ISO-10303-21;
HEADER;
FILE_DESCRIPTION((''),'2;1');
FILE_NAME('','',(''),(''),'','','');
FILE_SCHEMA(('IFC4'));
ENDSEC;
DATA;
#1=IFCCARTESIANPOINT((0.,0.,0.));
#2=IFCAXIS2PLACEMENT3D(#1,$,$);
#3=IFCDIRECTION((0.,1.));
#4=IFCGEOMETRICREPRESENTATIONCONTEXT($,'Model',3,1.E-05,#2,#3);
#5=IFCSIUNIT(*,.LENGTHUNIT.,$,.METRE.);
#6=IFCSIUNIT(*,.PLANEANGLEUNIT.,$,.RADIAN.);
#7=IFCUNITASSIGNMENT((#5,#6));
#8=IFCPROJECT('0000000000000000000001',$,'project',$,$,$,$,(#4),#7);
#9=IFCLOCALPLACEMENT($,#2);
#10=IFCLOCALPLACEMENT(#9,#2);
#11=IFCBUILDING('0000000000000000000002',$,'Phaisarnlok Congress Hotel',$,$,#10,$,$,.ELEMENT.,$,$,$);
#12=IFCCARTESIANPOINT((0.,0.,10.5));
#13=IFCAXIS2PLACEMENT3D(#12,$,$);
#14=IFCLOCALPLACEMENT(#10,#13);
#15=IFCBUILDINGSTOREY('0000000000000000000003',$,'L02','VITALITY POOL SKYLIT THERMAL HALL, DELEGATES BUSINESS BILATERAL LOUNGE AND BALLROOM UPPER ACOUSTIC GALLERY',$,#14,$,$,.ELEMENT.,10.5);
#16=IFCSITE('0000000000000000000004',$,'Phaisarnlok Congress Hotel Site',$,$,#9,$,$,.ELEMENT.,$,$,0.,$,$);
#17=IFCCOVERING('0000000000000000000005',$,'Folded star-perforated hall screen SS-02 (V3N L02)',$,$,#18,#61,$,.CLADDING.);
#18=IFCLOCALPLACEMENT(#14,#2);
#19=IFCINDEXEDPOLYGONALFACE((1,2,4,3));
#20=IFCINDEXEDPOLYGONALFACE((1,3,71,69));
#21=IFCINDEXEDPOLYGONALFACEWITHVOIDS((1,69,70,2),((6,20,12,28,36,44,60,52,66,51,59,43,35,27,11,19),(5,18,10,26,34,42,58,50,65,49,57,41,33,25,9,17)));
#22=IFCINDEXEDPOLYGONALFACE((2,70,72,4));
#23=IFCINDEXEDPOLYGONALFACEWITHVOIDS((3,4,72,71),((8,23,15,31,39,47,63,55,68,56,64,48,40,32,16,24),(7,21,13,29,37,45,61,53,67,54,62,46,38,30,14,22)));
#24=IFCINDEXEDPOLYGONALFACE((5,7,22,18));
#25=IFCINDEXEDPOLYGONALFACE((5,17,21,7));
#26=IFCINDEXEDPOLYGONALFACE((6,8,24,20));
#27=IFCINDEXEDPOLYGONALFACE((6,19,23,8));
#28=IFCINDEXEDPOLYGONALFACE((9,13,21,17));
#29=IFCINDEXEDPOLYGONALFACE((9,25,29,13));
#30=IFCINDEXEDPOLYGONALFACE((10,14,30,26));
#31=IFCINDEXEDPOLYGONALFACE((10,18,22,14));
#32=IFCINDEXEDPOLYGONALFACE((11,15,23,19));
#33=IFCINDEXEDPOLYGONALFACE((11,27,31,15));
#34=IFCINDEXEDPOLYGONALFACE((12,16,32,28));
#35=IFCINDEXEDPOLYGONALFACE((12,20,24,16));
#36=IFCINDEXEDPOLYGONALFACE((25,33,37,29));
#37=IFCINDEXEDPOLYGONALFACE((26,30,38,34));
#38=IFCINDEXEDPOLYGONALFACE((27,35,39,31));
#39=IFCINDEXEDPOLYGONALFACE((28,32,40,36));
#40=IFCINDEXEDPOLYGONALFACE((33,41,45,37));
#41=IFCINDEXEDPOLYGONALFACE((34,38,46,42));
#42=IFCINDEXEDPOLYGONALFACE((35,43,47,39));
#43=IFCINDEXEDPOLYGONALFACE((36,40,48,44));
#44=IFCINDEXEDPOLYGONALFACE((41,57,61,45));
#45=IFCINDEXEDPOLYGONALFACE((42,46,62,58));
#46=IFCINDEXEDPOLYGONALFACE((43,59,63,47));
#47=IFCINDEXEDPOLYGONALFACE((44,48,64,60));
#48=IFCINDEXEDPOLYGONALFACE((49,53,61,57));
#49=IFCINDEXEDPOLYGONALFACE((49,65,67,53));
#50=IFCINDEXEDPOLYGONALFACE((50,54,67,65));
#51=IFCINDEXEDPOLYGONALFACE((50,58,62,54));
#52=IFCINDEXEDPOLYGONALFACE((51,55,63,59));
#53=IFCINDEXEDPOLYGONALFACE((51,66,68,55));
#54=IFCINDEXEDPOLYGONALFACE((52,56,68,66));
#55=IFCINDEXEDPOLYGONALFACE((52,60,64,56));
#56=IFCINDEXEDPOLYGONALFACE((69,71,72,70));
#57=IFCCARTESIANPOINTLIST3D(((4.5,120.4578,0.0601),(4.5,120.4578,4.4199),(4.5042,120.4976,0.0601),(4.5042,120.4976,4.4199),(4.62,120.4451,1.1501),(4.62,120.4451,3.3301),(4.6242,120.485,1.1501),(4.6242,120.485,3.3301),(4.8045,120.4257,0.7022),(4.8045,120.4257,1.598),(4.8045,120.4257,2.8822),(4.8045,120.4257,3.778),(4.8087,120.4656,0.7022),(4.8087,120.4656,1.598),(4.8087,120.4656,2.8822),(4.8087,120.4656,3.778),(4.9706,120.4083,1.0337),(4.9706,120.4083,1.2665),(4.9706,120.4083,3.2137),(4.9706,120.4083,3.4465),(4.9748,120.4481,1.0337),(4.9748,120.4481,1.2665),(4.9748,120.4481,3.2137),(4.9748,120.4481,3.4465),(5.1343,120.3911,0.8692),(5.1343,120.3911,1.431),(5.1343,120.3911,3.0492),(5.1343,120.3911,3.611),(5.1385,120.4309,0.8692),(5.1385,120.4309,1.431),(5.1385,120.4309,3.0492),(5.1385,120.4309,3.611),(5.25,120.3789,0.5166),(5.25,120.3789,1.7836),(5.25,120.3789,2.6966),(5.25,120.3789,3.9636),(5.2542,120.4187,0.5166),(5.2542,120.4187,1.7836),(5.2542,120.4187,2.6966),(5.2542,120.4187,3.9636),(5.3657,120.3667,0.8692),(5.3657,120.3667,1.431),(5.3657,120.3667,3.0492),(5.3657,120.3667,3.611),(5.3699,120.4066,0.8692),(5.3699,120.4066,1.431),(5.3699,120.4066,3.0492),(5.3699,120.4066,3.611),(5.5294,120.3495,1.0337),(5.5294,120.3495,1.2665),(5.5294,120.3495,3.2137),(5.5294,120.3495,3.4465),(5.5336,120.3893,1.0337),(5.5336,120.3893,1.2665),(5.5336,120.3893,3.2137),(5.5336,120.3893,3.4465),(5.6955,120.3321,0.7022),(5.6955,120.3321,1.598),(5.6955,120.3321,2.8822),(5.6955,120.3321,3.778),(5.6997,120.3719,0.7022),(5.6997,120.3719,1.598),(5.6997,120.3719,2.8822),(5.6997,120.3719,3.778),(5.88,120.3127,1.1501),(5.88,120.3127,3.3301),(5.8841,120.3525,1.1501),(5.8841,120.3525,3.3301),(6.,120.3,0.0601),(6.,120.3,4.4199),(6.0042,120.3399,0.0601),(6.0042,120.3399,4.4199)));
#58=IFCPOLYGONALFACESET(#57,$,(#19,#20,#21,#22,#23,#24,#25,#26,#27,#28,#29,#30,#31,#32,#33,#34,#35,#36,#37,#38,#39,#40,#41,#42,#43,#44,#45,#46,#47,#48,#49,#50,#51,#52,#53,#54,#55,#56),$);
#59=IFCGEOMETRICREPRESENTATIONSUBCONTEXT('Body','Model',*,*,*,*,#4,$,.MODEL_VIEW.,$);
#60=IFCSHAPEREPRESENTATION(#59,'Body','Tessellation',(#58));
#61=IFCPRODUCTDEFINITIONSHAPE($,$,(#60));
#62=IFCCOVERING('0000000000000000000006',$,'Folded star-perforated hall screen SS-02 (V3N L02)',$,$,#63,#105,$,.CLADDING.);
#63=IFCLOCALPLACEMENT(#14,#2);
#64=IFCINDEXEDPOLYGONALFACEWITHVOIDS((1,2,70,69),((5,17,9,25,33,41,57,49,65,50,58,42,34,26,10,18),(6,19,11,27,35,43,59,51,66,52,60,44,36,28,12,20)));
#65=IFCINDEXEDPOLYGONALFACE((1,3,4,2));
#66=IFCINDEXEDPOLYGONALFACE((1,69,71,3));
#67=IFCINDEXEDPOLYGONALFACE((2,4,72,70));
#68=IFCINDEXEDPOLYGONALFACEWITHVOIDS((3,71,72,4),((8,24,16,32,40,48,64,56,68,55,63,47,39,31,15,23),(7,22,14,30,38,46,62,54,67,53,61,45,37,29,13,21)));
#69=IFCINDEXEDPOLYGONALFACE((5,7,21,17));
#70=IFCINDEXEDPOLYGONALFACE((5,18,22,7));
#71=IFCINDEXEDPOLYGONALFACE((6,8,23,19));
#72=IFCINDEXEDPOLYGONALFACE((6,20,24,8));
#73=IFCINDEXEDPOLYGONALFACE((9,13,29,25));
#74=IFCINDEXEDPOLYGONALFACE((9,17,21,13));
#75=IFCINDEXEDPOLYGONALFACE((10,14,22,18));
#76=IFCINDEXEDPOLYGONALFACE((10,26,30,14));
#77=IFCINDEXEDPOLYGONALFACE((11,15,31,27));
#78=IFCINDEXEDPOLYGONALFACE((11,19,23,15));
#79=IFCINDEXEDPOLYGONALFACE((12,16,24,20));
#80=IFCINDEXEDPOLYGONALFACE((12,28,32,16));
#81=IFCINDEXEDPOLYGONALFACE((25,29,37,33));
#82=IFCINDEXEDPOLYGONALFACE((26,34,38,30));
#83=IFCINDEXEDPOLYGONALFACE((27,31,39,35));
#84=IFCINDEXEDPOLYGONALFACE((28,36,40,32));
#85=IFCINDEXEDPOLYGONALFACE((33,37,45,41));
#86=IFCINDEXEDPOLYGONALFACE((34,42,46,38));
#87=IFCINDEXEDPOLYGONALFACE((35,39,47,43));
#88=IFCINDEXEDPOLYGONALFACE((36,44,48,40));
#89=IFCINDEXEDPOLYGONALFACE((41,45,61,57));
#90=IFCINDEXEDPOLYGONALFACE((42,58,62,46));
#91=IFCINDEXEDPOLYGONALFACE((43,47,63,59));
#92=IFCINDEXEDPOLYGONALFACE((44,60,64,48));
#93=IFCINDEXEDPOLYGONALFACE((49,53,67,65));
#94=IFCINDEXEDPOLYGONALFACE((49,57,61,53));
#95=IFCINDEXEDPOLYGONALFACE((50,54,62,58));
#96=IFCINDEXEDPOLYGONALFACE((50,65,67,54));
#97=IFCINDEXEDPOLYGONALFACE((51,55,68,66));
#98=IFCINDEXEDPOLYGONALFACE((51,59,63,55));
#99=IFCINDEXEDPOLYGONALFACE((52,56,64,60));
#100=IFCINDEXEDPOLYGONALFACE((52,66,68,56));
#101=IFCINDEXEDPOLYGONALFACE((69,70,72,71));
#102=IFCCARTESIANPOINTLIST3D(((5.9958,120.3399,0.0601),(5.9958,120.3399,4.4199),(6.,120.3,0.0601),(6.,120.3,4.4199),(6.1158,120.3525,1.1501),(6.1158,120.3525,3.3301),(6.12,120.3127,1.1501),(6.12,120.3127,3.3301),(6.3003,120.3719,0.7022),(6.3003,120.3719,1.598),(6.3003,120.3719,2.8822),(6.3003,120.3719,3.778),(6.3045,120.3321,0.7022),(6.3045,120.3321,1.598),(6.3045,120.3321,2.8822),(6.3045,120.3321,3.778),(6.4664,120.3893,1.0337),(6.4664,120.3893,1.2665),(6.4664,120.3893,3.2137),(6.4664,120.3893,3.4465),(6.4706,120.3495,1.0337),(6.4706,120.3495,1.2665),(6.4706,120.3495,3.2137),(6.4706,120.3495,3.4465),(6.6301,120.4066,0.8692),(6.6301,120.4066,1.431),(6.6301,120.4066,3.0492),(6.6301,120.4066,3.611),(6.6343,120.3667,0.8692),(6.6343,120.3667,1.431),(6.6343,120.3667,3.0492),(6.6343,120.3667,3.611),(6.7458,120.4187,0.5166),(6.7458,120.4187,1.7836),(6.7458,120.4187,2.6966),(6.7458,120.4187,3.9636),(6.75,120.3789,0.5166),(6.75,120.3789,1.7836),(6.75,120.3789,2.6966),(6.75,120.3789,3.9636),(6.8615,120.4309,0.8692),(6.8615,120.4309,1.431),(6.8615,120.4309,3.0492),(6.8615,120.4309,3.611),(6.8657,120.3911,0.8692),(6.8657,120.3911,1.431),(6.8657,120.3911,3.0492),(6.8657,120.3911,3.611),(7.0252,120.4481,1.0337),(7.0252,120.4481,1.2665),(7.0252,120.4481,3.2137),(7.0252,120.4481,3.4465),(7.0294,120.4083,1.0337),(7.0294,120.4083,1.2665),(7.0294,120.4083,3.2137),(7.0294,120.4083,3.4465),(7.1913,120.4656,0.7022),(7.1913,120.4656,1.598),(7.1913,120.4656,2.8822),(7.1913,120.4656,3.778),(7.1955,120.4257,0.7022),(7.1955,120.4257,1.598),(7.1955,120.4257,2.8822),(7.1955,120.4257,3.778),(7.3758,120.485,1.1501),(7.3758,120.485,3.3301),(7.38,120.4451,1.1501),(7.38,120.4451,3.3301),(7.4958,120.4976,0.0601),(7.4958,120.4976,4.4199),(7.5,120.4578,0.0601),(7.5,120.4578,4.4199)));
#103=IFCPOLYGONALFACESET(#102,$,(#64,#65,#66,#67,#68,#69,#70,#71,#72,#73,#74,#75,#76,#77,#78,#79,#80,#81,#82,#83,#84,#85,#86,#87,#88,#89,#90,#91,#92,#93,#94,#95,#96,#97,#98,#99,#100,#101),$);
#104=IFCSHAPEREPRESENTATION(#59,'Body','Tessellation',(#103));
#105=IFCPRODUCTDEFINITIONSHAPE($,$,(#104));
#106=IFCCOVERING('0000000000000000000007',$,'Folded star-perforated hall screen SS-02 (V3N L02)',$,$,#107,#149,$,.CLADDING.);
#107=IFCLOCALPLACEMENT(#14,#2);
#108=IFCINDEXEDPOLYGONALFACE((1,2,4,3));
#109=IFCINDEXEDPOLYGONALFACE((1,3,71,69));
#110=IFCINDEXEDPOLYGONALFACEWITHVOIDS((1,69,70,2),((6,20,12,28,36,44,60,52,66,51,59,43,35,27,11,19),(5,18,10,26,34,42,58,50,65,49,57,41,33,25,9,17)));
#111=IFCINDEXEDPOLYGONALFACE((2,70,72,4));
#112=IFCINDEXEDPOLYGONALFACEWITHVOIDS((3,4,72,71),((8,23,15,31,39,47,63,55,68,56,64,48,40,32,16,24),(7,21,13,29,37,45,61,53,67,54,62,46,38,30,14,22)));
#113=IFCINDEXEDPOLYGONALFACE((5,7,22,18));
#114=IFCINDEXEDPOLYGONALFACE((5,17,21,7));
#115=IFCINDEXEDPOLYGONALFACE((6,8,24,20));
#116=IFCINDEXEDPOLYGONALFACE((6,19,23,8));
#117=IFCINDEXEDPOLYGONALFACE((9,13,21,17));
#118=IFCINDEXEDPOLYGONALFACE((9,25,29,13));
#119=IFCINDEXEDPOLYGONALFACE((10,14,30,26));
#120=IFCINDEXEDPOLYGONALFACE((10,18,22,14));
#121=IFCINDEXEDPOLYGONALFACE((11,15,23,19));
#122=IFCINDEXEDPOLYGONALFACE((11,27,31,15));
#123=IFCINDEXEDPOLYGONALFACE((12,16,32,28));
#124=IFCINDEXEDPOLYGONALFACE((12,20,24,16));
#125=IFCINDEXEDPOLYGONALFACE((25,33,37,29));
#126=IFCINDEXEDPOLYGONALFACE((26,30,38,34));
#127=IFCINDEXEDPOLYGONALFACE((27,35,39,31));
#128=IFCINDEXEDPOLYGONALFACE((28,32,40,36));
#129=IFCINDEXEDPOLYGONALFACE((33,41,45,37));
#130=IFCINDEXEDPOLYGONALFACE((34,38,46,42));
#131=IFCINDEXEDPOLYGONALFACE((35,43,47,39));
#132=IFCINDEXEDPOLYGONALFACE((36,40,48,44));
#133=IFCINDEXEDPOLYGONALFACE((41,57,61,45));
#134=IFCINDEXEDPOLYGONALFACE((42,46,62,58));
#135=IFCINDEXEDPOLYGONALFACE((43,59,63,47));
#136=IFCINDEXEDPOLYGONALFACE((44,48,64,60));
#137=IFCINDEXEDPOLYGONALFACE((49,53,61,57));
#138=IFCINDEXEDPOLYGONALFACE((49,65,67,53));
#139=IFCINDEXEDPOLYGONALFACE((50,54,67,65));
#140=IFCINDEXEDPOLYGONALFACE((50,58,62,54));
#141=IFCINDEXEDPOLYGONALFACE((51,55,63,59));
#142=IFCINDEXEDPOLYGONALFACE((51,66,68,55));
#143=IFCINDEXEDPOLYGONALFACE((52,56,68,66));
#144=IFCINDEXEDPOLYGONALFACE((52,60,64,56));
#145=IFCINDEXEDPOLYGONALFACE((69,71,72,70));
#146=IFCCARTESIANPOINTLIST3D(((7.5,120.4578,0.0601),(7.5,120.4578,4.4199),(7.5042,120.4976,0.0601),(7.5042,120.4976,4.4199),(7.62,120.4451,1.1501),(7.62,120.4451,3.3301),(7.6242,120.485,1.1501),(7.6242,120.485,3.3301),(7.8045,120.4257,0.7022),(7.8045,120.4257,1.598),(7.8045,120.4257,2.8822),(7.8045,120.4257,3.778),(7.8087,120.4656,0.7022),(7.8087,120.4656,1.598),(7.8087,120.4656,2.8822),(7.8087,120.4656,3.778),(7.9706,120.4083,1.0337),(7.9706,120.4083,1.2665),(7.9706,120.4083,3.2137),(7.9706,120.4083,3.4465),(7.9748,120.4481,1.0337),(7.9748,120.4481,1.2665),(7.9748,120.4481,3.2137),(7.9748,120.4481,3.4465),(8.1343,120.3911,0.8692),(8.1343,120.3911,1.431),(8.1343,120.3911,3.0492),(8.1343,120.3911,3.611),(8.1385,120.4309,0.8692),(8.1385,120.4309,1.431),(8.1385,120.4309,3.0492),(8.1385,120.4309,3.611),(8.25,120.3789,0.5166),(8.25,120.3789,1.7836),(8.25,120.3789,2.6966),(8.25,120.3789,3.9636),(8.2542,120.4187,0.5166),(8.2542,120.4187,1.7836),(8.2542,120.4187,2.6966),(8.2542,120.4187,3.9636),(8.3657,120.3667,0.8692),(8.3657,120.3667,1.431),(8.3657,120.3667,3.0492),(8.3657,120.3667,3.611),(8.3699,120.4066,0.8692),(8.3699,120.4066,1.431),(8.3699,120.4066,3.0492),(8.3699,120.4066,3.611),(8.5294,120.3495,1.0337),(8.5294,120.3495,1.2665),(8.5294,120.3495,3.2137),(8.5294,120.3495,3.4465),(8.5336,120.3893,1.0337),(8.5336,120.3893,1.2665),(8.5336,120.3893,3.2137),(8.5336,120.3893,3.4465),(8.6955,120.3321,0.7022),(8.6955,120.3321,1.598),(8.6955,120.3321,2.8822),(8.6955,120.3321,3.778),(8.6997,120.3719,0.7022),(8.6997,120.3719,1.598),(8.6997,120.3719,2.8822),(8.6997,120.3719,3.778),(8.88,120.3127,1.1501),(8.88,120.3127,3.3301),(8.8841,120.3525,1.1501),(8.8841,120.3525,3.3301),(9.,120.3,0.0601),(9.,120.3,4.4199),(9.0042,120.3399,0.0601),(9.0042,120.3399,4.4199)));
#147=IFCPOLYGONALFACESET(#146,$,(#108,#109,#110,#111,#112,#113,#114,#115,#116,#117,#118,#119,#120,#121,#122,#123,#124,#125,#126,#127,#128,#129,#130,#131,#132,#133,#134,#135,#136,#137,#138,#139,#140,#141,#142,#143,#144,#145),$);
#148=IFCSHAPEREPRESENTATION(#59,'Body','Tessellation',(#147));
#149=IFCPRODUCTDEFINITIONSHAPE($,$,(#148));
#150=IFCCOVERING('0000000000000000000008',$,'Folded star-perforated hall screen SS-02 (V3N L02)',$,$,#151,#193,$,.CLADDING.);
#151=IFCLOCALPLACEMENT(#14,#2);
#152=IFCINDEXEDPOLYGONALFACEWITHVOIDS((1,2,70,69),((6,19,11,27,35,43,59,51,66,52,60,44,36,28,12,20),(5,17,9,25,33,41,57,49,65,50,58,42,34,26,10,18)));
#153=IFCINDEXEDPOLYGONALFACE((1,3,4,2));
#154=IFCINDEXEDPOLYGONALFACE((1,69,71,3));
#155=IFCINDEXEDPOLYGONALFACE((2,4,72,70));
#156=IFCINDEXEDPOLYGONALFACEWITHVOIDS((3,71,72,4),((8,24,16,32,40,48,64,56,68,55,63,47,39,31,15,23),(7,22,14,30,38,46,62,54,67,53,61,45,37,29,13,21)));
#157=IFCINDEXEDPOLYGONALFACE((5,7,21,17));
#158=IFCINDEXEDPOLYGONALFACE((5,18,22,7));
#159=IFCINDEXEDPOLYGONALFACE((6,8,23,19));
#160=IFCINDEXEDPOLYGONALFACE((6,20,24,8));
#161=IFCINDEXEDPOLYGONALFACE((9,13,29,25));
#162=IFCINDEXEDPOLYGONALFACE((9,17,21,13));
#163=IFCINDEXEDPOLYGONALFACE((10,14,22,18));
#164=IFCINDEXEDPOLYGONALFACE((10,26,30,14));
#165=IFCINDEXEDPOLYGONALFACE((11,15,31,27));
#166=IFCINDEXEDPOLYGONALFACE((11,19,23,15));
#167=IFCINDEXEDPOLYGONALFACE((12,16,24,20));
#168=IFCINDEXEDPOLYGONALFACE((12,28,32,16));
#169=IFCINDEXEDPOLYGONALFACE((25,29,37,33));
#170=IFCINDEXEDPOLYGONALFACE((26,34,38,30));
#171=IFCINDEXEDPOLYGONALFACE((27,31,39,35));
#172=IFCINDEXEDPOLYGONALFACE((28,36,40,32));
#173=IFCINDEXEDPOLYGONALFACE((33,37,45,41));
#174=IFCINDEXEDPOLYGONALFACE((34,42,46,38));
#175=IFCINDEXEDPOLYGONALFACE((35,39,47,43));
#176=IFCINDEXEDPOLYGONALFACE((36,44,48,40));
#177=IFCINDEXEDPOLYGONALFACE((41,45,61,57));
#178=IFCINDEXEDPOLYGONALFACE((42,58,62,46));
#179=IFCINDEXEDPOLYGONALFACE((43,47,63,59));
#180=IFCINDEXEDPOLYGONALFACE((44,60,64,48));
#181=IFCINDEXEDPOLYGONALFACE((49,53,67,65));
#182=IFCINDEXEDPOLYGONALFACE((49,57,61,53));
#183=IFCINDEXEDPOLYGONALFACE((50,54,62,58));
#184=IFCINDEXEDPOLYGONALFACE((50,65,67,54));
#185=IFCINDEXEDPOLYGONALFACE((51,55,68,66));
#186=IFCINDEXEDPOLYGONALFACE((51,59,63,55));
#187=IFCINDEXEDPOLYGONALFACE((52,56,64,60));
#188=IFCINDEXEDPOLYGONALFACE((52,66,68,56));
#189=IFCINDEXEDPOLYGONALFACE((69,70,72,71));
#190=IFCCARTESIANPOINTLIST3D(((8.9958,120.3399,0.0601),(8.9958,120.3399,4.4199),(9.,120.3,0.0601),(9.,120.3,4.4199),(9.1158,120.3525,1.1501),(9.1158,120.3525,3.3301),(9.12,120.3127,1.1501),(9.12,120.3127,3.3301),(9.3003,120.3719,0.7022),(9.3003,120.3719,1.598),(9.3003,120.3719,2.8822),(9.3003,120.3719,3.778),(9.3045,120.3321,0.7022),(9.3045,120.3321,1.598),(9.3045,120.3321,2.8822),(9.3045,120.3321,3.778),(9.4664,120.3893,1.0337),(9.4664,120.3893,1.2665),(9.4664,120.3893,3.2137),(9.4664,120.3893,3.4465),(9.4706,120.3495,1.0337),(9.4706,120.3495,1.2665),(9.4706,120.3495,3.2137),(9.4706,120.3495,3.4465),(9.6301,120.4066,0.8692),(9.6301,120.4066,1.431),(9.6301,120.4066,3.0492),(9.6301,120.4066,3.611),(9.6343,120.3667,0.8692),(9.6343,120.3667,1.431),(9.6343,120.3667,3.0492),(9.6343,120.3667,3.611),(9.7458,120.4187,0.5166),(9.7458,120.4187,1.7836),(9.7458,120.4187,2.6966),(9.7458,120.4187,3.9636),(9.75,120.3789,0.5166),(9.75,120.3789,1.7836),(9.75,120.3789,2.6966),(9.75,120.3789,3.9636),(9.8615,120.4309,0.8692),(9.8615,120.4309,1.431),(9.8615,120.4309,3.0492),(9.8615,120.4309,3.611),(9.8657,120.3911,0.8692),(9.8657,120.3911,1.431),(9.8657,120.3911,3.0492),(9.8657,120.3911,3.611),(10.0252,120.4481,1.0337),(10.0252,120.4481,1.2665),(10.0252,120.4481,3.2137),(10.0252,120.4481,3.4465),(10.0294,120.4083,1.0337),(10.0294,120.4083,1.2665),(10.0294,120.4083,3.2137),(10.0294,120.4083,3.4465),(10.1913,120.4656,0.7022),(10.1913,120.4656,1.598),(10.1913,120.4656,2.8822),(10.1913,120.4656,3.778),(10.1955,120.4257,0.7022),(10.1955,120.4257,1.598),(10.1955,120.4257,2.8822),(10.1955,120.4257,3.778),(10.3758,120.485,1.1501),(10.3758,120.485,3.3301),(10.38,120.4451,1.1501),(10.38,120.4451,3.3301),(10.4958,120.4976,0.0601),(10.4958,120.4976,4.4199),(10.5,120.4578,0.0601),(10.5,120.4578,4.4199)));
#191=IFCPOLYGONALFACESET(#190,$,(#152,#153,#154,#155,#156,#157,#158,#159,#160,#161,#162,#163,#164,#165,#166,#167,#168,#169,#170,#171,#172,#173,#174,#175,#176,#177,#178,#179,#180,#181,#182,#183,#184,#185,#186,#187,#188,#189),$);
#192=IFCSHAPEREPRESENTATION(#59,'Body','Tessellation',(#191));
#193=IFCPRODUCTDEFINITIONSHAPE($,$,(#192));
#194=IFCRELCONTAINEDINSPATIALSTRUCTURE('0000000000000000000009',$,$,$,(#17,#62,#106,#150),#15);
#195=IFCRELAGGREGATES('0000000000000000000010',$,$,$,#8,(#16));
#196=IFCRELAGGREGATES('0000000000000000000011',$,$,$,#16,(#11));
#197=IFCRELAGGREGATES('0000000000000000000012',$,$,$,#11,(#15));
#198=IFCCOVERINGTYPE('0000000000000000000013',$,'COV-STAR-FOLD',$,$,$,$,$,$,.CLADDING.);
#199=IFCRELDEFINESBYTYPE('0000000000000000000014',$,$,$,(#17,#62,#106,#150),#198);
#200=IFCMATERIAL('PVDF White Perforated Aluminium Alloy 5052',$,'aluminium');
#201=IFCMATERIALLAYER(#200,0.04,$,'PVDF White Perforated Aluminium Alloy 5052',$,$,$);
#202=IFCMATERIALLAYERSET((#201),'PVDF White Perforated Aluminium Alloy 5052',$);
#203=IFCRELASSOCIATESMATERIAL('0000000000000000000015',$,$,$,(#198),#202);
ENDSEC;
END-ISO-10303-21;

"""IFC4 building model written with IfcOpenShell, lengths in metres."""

from ifc_helpers import new_model, si_unit, direction, frame, origin, place, context, subcontext, project, spatial, polyline, outline, extrude, material, layer, layer_set, type_object, element, save


model = new_model("IFC4")

# Units and contexts
model_context = context("Model", 3, precision=1e-05, world=origin(), true_north=direction((0.0, 1.0)))
body_context = subcontext(model_context, "Body", "Model", "MODEL_VIEW")
ifc_project = project(units=[si_unit("LENGTHUNIT", "METRE"), si_unit("PLANEANGLEUNIT", "RADIAN")], contexts=[model_context])

# Site, building, storey
site_placement = place(None, origin())
site = spatial("IfcSite", under=ifc_project, at=site_placement, Name="Phaisarnlok Congress Hotel Site", CompositionType="ELEMENT", RefElevation=0.0)
building_placement = place(site_placement, origin())
building = spatial("IfcBuilding", under=site, at=building_placement, Name="Phaisarnlok Congress Hotel", CompositionType="ELEMENT")
storey_placement = place(building_placement, frame((0.0, 0.0, 10.5)))
storey = spatial("IfcBuildingStorey", under=building, at=storey_placement, Name="L02", Description="VITALITY POOL SKYLIT THERMAL HALL, DELEGATES BUSINESS BILATERAL LOUNGE AND BALLROOM UPPER ACOUSTIC GALLERY", CompositionType="ELEMENT", Elevation=10.5)

# Coverings
ifc_material_1 = material(Name="PVDF White Perforated Aluminium Alloy 5052", Category="aluminium")
ifc_layer_1 = layer(ifc_material_1, 0.04, Name="PVDF White Perforated Aluminium Alloy 5052")
ifc_layer_set_1 = layer_set([ifc_layer_1], Name="PVDF White Perforated Aluminium Alloy 5052")
covering_type = type_object("IfcCoveringType", Name="COV-STAR-FOLD", PredefinedType="CLADDING", material=ifc_layer_set_1)
for number, where, z_axis, x_axis, name in (
    (1, (6.0, 120.3, 0.0601), (0.104567, 0.994518, 0.0), (-0.994518, 0.104567, 0.0), "Folded star-perforated hall screen SS-02 (V3N L02)"),
    (2, (7.5, 120.4578, 0.0601), (-0.104567, 0.994518, 0.0), (-0.994518, -0.104567, 0.0), "Folded star-perforated hall screen SS-02 (V3N L02)"),
    (3, (9.0, 120.3, 0.0601), (0.104567, 0.994518, 0.0), (-0.994518, 0.104567, 0.0), "Folded star-perforated hall screen SS-02 (V3N L02)"),
    (4, (10.5, 120.4578, 0.0601), (-0.104567, 0.994518, 0.0), (-0.994518, -0.104567, 0.0), "Folded star-perforated hall screen SS-02 (V3N L02)"),
):
    element("IfcCovering", number, at=place(storey_placement, frame(where, z_axis=z_axis, x_axis=x_axis)), inside=storey, type_object=covering_type, Name=name, PredefinedType="CLADDING", context=body_context, shape_type="SweptSolid", body=[
        extrude(outline(polyline([(0.0, 0.0), (1.5083, 0.0), (1.5083, 4.3599), (0.0, 4.3599), (0.0, 0.0)]), holes=[polyline([(1.0351, 0.9736), (1.2021, 0.6421), (0.8705, 0.8091), (0.7541, 0.4565), (0.6378, 0.8091), (0.3062, 0.6421), (0.4732, 0.9736), (0.1207, 1.09), (0.4732, 1.2064), (0.3062, 1.5379), (0.6378, 1.3709), (0.7541, 1.7235), (0.8705, 1.3709), (1.2021, 1.5379), (1.0351, 1.2064), (1.3876, 1.09), (1.0351, 0.9736)]), polyline([(1.0351, 3.1536), (1.2021, 2.8221), (0.8705, 2.9891), (0.7541, 2.6365), (0.6378, 2.9891), (0.3062, 2.8221), (0.4732, 3.1536), (0.1207, 3.27), (0.4732, 3.3864), (0.3062, 3.7179), (0.6378, 3.5509), (0.7541, 3.9035), (0.8705, 3.5509), (1.2021, 3.7179), (1.0351, 3.3864), (1.3876, 3.27), (1.0351, 3.1536)])]), origin(), (0.0, 0.0, 1.0), 0.04),
    ])

save(model, "model.ifc")
